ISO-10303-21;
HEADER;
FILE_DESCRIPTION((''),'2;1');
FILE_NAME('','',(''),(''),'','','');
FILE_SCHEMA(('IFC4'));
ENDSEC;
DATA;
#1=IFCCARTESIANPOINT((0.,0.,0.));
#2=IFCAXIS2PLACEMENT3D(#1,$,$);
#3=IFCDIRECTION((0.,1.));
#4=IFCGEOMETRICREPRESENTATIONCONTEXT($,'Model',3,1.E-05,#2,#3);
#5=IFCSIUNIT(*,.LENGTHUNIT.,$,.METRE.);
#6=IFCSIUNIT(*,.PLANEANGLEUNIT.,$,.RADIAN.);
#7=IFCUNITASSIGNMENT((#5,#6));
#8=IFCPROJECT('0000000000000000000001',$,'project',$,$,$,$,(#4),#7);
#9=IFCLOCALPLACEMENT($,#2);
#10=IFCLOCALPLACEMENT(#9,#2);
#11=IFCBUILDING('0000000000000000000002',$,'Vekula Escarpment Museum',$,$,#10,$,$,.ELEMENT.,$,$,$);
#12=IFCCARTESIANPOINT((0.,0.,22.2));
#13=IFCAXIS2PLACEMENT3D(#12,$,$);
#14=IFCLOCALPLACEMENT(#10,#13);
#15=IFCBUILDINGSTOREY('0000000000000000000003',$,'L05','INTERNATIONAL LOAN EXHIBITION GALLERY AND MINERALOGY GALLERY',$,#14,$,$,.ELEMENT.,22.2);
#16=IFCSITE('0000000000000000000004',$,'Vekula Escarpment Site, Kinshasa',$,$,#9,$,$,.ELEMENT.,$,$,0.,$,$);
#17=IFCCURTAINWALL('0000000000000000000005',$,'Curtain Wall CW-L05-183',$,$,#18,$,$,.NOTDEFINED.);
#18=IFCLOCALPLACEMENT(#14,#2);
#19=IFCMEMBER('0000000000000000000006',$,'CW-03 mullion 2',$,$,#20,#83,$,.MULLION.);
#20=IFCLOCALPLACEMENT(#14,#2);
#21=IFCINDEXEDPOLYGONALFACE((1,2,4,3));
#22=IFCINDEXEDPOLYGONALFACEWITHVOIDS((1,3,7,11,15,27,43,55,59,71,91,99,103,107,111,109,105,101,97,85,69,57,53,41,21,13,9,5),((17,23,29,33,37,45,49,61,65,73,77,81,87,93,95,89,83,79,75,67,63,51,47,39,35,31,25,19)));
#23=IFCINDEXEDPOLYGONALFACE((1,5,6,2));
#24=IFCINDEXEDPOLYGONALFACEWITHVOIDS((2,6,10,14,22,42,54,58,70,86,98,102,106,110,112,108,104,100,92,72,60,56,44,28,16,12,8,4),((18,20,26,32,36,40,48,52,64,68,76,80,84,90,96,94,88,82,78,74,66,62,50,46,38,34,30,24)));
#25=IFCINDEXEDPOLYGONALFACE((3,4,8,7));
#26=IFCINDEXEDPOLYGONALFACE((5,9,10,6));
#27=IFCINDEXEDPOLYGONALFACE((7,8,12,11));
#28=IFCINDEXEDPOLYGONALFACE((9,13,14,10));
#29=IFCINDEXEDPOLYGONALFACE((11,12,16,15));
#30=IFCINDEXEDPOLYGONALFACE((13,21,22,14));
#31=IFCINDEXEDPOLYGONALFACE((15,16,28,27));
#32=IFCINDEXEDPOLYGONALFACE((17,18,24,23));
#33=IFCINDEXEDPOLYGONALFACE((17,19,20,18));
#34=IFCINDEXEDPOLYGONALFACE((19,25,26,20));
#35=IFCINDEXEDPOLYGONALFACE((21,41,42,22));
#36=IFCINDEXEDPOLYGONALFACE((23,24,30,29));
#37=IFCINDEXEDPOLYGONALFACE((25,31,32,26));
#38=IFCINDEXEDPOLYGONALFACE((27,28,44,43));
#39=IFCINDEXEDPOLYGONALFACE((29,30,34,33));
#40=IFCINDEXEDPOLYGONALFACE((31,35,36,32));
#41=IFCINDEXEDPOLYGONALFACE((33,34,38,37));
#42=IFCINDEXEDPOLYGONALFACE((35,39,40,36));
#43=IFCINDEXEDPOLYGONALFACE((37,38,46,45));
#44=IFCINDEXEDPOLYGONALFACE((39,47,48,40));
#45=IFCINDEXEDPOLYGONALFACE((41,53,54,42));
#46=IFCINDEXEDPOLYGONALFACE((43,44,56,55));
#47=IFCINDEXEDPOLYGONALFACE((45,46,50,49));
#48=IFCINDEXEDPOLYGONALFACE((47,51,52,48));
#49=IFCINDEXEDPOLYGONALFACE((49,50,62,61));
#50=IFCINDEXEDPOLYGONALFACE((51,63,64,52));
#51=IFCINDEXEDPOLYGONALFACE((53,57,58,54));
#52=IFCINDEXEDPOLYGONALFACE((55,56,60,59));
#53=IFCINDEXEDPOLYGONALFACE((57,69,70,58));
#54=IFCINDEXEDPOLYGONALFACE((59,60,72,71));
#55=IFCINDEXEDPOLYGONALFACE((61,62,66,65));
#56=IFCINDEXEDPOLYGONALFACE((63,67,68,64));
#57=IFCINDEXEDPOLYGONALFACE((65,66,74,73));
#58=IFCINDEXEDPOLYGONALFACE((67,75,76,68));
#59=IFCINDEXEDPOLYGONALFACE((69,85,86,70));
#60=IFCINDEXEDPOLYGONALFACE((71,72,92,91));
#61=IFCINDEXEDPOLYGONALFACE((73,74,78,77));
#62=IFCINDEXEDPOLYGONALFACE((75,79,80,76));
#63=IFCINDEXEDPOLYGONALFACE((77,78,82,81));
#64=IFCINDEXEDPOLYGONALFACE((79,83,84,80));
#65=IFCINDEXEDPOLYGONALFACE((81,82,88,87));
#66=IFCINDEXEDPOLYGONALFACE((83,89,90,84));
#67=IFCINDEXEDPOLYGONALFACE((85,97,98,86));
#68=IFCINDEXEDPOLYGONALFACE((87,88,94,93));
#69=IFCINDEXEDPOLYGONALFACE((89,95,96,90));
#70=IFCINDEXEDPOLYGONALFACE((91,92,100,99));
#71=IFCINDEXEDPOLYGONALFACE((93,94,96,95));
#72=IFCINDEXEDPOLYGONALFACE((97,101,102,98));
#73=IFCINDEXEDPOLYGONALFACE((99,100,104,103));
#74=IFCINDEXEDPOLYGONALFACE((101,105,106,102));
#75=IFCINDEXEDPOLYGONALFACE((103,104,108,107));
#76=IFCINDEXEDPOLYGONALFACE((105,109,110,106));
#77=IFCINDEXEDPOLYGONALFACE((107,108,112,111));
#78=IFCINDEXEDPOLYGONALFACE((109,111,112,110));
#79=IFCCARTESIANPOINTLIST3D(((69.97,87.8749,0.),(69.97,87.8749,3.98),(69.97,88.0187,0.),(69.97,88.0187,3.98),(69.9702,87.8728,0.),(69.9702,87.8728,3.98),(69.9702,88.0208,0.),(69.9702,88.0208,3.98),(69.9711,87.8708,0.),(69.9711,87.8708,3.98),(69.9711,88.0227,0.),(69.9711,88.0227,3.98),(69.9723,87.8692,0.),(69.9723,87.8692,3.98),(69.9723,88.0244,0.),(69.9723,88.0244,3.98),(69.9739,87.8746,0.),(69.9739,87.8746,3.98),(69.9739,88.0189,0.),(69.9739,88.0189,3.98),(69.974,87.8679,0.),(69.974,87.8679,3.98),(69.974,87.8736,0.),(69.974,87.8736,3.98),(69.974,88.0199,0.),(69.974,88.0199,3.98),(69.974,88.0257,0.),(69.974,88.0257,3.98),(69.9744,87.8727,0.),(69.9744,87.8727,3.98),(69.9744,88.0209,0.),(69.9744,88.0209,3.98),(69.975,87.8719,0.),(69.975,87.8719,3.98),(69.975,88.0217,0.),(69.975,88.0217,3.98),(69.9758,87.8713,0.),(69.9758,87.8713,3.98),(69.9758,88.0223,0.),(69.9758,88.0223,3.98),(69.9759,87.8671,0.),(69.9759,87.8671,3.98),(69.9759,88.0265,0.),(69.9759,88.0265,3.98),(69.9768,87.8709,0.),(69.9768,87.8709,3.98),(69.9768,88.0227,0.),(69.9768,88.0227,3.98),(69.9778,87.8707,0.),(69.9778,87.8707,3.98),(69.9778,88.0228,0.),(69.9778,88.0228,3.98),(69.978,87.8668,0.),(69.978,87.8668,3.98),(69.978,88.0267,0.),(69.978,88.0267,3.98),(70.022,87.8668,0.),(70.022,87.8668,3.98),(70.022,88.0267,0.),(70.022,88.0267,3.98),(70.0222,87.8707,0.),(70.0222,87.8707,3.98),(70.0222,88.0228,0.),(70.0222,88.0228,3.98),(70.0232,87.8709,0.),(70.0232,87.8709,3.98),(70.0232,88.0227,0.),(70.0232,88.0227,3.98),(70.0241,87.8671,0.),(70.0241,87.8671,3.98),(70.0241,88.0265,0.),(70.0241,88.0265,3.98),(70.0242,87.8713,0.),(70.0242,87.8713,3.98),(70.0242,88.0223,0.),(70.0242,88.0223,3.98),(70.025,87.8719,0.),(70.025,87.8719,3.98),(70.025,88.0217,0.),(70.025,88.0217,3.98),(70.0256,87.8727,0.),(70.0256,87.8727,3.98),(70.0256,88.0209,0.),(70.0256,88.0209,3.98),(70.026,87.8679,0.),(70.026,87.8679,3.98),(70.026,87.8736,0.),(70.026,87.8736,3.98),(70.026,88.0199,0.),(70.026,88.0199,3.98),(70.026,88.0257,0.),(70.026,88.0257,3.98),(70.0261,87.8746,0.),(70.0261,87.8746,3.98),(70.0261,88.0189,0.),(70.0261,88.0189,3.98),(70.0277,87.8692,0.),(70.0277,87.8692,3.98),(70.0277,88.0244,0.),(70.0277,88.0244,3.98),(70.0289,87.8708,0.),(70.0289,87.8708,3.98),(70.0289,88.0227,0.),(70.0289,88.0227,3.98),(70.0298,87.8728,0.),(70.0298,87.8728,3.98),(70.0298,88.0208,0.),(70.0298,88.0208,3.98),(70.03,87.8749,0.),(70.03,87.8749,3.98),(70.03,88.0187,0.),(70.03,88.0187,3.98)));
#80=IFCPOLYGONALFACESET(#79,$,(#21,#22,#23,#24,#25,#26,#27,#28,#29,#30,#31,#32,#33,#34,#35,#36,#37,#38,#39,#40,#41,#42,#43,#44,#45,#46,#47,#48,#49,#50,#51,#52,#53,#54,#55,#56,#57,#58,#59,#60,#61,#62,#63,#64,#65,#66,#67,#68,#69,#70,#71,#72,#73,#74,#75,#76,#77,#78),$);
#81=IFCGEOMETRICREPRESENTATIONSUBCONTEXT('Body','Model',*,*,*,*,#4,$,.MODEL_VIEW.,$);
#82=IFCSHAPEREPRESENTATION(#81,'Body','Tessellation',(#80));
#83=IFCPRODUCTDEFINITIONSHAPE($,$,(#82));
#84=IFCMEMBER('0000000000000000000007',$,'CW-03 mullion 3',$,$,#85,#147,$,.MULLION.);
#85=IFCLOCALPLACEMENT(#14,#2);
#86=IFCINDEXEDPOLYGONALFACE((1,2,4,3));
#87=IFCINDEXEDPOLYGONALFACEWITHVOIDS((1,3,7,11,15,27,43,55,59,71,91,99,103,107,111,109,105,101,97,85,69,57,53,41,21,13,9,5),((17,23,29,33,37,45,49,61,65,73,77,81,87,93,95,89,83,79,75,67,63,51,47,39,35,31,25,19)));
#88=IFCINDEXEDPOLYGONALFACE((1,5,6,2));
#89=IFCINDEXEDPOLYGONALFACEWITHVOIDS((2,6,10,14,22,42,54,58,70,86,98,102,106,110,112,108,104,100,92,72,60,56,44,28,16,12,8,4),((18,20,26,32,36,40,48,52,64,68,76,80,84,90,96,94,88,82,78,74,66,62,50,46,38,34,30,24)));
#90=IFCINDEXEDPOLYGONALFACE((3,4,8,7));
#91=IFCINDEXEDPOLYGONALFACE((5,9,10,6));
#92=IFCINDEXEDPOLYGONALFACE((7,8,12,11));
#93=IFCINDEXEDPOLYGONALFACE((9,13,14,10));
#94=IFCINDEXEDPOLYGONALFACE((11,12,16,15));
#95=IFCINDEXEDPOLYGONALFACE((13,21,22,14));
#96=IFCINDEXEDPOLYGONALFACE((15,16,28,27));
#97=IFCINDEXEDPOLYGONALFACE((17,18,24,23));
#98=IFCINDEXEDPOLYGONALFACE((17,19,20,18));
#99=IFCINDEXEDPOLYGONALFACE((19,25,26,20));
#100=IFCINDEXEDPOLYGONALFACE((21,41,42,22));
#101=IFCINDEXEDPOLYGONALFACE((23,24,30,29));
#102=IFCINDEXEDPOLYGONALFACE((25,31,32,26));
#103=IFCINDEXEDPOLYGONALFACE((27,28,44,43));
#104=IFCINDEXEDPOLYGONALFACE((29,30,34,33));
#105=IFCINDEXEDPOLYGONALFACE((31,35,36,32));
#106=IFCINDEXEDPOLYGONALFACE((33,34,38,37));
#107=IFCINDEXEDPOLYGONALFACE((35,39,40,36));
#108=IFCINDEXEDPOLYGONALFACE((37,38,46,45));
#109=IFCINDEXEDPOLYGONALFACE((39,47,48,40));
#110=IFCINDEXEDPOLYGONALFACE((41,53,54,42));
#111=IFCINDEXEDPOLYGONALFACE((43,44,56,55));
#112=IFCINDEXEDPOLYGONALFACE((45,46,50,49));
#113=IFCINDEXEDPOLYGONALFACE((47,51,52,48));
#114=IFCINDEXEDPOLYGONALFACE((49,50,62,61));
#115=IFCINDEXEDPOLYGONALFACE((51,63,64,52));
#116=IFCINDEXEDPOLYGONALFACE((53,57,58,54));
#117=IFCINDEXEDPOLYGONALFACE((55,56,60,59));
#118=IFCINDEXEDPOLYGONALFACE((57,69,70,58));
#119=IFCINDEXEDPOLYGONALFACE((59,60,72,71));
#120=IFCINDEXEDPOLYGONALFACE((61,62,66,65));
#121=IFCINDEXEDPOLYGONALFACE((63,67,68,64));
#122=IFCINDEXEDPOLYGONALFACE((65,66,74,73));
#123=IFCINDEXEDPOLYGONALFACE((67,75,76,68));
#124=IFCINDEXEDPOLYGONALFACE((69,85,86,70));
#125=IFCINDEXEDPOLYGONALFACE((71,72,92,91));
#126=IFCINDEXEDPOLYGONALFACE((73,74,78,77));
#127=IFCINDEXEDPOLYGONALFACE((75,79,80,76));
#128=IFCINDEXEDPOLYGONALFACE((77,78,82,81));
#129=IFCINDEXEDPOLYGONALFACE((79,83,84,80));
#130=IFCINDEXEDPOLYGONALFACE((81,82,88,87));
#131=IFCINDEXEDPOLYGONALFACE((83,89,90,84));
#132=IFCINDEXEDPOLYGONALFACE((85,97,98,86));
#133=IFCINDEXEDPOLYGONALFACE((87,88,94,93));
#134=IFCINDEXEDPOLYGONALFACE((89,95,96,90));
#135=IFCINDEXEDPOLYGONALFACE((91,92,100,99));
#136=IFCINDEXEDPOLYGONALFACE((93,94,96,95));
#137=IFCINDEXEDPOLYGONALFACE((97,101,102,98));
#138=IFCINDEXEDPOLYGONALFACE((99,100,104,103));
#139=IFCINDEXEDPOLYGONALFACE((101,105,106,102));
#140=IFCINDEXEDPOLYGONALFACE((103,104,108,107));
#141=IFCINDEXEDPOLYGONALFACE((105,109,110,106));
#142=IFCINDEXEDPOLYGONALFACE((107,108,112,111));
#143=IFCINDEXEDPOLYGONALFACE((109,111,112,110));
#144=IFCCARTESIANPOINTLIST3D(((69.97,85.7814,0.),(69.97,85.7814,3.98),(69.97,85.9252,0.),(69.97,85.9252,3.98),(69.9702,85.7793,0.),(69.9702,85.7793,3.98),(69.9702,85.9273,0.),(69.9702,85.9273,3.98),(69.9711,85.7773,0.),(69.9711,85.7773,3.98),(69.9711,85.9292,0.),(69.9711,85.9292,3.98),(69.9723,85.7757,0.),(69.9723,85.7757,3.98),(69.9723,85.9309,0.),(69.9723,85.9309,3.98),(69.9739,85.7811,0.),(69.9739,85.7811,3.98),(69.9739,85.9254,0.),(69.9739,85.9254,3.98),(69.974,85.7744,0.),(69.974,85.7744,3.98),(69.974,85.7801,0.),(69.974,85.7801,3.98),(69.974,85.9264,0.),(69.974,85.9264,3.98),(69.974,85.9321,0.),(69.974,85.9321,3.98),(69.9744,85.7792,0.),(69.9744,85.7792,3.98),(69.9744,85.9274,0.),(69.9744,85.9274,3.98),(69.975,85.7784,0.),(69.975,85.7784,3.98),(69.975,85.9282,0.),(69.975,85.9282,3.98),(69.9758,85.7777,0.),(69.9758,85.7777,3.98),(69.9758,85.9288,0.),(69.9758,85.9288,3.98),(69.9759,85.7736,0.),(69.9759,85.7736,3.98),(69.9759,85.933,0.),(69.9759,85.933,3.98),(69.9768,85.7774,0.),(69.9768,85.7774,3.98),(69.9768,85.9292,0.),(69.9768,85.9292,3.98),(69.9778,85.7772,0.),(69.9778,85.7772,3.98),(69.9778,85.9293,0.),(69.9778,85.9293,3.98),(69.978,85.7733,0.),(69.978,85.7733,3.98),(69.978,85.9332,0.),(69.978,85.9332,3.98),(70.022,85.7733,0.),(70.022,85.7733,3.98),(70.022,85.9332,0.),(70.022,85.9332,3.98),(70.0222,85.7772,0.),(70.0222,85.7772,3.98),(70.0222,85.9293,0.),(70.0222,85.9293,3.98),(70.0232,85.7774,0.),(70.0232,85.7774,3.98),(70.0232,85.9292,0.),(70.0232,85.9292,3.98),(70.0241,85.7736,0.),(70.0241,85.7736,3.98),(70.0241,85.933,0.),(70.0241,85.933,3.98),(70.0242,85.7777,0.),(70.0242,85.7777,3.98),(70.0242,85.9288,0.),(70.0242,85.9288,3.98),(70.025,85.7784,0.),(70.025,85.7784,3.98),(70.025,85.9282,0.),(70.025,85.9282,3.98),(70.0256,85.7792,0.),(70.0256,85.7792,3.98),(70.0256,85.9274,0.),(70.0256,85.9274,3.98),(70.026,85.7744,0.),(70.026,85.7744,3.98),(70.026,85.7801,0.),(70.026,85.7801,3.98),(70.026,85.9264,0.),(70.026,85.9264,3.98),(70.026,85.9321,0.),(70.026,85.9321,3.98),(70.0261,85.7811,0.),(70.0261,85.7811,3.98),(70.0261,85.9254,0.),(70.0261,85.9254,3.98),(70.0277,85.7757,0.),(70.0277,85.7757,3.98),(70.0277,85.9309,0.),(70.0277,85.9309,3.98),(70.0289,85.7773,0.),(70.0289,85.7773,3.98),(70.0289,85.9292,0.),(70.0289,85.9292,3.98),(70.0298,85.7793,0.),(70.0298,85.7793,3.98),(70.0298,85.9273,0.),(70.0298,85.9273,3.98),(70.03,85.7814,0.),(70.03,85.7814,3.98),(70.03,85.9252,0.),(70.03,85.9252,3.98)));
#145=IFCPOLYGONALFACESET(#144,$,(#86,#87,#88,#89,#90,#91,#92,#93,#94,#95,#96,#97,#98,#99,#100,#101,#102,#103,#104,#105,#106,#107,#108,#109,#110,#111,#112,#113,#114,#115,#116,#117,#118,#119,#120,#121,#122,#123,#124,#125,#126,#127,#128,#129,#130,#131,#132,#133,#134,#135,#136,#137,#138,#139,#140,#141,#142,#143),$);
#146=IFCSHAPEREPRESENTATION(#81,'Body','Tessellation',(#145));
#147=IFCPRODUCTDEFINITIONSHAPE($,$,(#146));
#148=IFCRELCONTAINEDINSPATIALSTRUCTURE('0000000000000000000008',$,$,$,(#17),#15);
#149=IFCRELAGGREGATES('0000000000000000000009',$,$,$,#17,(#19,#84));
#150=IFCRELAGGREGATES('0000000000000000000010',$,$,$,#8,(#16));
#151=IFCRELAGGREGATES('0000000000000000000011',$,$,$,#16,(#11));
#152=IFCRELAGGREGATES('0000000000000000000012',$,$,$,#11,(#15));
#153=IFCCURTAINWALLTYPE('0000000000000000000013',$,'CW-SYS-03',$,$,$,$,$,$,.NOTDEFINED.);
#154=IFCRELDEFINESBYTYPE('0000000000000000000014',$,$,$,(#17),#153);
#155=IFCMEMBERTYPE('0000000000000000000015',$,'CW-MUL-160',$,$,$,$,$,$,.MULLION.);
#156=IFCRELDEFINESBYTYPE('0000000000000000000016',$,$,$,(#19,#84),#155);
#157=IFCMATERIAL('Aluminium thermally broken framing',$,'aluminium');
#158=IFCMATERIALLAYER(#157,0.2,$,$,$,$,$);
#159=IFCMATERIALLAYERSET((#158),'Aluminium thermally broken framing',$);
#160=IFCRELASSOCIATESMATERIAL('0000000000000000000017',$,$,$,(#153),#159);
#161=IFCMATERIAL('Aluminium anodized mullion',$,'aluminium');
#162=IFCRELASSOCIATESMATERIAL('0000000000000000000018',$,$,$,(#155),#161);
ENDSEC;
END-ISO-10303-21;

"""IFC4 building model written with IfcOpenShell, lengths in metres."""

from ifc_helpers import new_model, si_unit, direction, frame, origin, origin_2d, place, context, subcontext, project, spatial, hollow_rectangle, extrude, material, layer, layer_set, material_profile, profile_set, type_object, element, aggregate, save


model = new_model("IFC4")

# Units and contexts
model_context = context("Model", 3, precision=1e-05, world=origin(), true_north=direction((0.0, 1.0)))
body_context = subcontext(model_context, "Body", "Model", "MODEL_VIEW")
ifc_project = project(units=[si_unit("LENGTHUNIT", "METRE"), si_unit("PLANEANGLEUNIT", "RADIAN")], contexts=[model_context])

# Site, building, storey
site_placement = place(None, origin())
site = spatial("IfcSite", under=ifc_project, at=site_placement, Name="Vekula Escarpment Site, Kinshasa", CompositionType="ELEMENT", RefElevation=0.0)
building_placement = place(site_placement, origin())
building = spatial("IfcBuilding", under=site, at=building_placement, Name="Vekula Escarpment Museum", CompositionType="ELEMENT")
storey_placement = place(building_placement, frame((0.0, 0.0, 22.2)))
storey = spatial("IfcBuildingStorey", under=building, at=storey_placement, Name="L05", Description="INTERNATIONAL LOAN EXHIBITION GALLERY AND MINERALOGY GALLERY", CompositionType="ELEMENT", Elevation=22.2)

# Curtain wall, members
ifc_material_1 = material(Name="Aluminium thermally broken framing", Category="aluminium")
ifc_layer_1 = layer(ifc_material_1, 0.2)
ifc_layer_set_1 = layer_set([ifc_layer_1], Name="Aluminium thermally broken framing")
curtain_wall_type = type_object("IfcCurtainWallType", Name="CW-SYS-03", PredefinedType="NOTDEFINED", material=ifc_layer_set_1)
curtain_wall_placement = place(storey_placement, origin())
curtain_wall = element("IfcCurtainWall", 1, at=curtain_wall_placement, inside=storey, type_object=curtain_wall_type, Name="Curtain Wall CW-L05-183", PredefinedType="NOTDEFINED")
ifc_material_2 = material(Name="Aluminium anodized mullion", Category="aluminium")
ifc_material_profile_1 = material_profile(ifc_material_2, hollow_rectangle(XDim=0.0601, YDim=0.1599, WallThickness=0.0039, InnerFilletRadius=0.0039, OuterFilletRadius=0.0081, at=origin_2d()), Name="ALU 160x60x4")
ifc_profile_set_1 = profile_set([ifc_material_profile_1], Name="Aluminium anodized mullion")
member_type_1 = type_object("IfcMemberType", Name="CW-MUL-160", PredefinedType="MULLION", material=ifc_profile_set_1)
member_1_placement = place(storey_placement, frame((70.0, 87.9468, 0.0), z_axis=(0.0, 0.0, 1.0), x_axis=(1.0, 0.0, 0.0)))
member_1 = element("IfcMember", 2, at=member_1_placement, type_object=member_type_1, Name="CW-03 mullion 2", PredefinedType="MULLION", context=body_context, shape_type="SweptSolid", body=[
    extrude(hollow_rectangle(XDim=0.0601, YDim=0.1599, WallThickness=0.0039, InnerFilletRadius=0.0039, OuterFilletRadius=0.0081, at=origin_2d()), origin(), (0.0, 0.0, 1.0), 3.98),
])
member_2_placement = place(storey_placement, frame((70.0, 85.8533, 0.0), z_axis=(0.0, 0.0, 1.0), x_axis=(1.0, 0.0, 0.0)))
member_2 = element("IfcMember", 3, at=member_2_placement, type_object=member_type_1, Name="CW-03 mullion 3", PredefinedType="MULLION", context=body_context, shape_type="SweptSolid", body=[
    extrude(hollow_rectangle(XDim=0.0601, YDim=0.1599, WallThickness=0.0039, InnerFilletRadius=0.0039, OuterFilletRadius=0.0081, at=origin_2d()), origin(), (0.0, 0.0, 1.0), 3.98),
])
aggregate(curtain_wall, [member_1, member_2])

save(model, "model.ifc")
